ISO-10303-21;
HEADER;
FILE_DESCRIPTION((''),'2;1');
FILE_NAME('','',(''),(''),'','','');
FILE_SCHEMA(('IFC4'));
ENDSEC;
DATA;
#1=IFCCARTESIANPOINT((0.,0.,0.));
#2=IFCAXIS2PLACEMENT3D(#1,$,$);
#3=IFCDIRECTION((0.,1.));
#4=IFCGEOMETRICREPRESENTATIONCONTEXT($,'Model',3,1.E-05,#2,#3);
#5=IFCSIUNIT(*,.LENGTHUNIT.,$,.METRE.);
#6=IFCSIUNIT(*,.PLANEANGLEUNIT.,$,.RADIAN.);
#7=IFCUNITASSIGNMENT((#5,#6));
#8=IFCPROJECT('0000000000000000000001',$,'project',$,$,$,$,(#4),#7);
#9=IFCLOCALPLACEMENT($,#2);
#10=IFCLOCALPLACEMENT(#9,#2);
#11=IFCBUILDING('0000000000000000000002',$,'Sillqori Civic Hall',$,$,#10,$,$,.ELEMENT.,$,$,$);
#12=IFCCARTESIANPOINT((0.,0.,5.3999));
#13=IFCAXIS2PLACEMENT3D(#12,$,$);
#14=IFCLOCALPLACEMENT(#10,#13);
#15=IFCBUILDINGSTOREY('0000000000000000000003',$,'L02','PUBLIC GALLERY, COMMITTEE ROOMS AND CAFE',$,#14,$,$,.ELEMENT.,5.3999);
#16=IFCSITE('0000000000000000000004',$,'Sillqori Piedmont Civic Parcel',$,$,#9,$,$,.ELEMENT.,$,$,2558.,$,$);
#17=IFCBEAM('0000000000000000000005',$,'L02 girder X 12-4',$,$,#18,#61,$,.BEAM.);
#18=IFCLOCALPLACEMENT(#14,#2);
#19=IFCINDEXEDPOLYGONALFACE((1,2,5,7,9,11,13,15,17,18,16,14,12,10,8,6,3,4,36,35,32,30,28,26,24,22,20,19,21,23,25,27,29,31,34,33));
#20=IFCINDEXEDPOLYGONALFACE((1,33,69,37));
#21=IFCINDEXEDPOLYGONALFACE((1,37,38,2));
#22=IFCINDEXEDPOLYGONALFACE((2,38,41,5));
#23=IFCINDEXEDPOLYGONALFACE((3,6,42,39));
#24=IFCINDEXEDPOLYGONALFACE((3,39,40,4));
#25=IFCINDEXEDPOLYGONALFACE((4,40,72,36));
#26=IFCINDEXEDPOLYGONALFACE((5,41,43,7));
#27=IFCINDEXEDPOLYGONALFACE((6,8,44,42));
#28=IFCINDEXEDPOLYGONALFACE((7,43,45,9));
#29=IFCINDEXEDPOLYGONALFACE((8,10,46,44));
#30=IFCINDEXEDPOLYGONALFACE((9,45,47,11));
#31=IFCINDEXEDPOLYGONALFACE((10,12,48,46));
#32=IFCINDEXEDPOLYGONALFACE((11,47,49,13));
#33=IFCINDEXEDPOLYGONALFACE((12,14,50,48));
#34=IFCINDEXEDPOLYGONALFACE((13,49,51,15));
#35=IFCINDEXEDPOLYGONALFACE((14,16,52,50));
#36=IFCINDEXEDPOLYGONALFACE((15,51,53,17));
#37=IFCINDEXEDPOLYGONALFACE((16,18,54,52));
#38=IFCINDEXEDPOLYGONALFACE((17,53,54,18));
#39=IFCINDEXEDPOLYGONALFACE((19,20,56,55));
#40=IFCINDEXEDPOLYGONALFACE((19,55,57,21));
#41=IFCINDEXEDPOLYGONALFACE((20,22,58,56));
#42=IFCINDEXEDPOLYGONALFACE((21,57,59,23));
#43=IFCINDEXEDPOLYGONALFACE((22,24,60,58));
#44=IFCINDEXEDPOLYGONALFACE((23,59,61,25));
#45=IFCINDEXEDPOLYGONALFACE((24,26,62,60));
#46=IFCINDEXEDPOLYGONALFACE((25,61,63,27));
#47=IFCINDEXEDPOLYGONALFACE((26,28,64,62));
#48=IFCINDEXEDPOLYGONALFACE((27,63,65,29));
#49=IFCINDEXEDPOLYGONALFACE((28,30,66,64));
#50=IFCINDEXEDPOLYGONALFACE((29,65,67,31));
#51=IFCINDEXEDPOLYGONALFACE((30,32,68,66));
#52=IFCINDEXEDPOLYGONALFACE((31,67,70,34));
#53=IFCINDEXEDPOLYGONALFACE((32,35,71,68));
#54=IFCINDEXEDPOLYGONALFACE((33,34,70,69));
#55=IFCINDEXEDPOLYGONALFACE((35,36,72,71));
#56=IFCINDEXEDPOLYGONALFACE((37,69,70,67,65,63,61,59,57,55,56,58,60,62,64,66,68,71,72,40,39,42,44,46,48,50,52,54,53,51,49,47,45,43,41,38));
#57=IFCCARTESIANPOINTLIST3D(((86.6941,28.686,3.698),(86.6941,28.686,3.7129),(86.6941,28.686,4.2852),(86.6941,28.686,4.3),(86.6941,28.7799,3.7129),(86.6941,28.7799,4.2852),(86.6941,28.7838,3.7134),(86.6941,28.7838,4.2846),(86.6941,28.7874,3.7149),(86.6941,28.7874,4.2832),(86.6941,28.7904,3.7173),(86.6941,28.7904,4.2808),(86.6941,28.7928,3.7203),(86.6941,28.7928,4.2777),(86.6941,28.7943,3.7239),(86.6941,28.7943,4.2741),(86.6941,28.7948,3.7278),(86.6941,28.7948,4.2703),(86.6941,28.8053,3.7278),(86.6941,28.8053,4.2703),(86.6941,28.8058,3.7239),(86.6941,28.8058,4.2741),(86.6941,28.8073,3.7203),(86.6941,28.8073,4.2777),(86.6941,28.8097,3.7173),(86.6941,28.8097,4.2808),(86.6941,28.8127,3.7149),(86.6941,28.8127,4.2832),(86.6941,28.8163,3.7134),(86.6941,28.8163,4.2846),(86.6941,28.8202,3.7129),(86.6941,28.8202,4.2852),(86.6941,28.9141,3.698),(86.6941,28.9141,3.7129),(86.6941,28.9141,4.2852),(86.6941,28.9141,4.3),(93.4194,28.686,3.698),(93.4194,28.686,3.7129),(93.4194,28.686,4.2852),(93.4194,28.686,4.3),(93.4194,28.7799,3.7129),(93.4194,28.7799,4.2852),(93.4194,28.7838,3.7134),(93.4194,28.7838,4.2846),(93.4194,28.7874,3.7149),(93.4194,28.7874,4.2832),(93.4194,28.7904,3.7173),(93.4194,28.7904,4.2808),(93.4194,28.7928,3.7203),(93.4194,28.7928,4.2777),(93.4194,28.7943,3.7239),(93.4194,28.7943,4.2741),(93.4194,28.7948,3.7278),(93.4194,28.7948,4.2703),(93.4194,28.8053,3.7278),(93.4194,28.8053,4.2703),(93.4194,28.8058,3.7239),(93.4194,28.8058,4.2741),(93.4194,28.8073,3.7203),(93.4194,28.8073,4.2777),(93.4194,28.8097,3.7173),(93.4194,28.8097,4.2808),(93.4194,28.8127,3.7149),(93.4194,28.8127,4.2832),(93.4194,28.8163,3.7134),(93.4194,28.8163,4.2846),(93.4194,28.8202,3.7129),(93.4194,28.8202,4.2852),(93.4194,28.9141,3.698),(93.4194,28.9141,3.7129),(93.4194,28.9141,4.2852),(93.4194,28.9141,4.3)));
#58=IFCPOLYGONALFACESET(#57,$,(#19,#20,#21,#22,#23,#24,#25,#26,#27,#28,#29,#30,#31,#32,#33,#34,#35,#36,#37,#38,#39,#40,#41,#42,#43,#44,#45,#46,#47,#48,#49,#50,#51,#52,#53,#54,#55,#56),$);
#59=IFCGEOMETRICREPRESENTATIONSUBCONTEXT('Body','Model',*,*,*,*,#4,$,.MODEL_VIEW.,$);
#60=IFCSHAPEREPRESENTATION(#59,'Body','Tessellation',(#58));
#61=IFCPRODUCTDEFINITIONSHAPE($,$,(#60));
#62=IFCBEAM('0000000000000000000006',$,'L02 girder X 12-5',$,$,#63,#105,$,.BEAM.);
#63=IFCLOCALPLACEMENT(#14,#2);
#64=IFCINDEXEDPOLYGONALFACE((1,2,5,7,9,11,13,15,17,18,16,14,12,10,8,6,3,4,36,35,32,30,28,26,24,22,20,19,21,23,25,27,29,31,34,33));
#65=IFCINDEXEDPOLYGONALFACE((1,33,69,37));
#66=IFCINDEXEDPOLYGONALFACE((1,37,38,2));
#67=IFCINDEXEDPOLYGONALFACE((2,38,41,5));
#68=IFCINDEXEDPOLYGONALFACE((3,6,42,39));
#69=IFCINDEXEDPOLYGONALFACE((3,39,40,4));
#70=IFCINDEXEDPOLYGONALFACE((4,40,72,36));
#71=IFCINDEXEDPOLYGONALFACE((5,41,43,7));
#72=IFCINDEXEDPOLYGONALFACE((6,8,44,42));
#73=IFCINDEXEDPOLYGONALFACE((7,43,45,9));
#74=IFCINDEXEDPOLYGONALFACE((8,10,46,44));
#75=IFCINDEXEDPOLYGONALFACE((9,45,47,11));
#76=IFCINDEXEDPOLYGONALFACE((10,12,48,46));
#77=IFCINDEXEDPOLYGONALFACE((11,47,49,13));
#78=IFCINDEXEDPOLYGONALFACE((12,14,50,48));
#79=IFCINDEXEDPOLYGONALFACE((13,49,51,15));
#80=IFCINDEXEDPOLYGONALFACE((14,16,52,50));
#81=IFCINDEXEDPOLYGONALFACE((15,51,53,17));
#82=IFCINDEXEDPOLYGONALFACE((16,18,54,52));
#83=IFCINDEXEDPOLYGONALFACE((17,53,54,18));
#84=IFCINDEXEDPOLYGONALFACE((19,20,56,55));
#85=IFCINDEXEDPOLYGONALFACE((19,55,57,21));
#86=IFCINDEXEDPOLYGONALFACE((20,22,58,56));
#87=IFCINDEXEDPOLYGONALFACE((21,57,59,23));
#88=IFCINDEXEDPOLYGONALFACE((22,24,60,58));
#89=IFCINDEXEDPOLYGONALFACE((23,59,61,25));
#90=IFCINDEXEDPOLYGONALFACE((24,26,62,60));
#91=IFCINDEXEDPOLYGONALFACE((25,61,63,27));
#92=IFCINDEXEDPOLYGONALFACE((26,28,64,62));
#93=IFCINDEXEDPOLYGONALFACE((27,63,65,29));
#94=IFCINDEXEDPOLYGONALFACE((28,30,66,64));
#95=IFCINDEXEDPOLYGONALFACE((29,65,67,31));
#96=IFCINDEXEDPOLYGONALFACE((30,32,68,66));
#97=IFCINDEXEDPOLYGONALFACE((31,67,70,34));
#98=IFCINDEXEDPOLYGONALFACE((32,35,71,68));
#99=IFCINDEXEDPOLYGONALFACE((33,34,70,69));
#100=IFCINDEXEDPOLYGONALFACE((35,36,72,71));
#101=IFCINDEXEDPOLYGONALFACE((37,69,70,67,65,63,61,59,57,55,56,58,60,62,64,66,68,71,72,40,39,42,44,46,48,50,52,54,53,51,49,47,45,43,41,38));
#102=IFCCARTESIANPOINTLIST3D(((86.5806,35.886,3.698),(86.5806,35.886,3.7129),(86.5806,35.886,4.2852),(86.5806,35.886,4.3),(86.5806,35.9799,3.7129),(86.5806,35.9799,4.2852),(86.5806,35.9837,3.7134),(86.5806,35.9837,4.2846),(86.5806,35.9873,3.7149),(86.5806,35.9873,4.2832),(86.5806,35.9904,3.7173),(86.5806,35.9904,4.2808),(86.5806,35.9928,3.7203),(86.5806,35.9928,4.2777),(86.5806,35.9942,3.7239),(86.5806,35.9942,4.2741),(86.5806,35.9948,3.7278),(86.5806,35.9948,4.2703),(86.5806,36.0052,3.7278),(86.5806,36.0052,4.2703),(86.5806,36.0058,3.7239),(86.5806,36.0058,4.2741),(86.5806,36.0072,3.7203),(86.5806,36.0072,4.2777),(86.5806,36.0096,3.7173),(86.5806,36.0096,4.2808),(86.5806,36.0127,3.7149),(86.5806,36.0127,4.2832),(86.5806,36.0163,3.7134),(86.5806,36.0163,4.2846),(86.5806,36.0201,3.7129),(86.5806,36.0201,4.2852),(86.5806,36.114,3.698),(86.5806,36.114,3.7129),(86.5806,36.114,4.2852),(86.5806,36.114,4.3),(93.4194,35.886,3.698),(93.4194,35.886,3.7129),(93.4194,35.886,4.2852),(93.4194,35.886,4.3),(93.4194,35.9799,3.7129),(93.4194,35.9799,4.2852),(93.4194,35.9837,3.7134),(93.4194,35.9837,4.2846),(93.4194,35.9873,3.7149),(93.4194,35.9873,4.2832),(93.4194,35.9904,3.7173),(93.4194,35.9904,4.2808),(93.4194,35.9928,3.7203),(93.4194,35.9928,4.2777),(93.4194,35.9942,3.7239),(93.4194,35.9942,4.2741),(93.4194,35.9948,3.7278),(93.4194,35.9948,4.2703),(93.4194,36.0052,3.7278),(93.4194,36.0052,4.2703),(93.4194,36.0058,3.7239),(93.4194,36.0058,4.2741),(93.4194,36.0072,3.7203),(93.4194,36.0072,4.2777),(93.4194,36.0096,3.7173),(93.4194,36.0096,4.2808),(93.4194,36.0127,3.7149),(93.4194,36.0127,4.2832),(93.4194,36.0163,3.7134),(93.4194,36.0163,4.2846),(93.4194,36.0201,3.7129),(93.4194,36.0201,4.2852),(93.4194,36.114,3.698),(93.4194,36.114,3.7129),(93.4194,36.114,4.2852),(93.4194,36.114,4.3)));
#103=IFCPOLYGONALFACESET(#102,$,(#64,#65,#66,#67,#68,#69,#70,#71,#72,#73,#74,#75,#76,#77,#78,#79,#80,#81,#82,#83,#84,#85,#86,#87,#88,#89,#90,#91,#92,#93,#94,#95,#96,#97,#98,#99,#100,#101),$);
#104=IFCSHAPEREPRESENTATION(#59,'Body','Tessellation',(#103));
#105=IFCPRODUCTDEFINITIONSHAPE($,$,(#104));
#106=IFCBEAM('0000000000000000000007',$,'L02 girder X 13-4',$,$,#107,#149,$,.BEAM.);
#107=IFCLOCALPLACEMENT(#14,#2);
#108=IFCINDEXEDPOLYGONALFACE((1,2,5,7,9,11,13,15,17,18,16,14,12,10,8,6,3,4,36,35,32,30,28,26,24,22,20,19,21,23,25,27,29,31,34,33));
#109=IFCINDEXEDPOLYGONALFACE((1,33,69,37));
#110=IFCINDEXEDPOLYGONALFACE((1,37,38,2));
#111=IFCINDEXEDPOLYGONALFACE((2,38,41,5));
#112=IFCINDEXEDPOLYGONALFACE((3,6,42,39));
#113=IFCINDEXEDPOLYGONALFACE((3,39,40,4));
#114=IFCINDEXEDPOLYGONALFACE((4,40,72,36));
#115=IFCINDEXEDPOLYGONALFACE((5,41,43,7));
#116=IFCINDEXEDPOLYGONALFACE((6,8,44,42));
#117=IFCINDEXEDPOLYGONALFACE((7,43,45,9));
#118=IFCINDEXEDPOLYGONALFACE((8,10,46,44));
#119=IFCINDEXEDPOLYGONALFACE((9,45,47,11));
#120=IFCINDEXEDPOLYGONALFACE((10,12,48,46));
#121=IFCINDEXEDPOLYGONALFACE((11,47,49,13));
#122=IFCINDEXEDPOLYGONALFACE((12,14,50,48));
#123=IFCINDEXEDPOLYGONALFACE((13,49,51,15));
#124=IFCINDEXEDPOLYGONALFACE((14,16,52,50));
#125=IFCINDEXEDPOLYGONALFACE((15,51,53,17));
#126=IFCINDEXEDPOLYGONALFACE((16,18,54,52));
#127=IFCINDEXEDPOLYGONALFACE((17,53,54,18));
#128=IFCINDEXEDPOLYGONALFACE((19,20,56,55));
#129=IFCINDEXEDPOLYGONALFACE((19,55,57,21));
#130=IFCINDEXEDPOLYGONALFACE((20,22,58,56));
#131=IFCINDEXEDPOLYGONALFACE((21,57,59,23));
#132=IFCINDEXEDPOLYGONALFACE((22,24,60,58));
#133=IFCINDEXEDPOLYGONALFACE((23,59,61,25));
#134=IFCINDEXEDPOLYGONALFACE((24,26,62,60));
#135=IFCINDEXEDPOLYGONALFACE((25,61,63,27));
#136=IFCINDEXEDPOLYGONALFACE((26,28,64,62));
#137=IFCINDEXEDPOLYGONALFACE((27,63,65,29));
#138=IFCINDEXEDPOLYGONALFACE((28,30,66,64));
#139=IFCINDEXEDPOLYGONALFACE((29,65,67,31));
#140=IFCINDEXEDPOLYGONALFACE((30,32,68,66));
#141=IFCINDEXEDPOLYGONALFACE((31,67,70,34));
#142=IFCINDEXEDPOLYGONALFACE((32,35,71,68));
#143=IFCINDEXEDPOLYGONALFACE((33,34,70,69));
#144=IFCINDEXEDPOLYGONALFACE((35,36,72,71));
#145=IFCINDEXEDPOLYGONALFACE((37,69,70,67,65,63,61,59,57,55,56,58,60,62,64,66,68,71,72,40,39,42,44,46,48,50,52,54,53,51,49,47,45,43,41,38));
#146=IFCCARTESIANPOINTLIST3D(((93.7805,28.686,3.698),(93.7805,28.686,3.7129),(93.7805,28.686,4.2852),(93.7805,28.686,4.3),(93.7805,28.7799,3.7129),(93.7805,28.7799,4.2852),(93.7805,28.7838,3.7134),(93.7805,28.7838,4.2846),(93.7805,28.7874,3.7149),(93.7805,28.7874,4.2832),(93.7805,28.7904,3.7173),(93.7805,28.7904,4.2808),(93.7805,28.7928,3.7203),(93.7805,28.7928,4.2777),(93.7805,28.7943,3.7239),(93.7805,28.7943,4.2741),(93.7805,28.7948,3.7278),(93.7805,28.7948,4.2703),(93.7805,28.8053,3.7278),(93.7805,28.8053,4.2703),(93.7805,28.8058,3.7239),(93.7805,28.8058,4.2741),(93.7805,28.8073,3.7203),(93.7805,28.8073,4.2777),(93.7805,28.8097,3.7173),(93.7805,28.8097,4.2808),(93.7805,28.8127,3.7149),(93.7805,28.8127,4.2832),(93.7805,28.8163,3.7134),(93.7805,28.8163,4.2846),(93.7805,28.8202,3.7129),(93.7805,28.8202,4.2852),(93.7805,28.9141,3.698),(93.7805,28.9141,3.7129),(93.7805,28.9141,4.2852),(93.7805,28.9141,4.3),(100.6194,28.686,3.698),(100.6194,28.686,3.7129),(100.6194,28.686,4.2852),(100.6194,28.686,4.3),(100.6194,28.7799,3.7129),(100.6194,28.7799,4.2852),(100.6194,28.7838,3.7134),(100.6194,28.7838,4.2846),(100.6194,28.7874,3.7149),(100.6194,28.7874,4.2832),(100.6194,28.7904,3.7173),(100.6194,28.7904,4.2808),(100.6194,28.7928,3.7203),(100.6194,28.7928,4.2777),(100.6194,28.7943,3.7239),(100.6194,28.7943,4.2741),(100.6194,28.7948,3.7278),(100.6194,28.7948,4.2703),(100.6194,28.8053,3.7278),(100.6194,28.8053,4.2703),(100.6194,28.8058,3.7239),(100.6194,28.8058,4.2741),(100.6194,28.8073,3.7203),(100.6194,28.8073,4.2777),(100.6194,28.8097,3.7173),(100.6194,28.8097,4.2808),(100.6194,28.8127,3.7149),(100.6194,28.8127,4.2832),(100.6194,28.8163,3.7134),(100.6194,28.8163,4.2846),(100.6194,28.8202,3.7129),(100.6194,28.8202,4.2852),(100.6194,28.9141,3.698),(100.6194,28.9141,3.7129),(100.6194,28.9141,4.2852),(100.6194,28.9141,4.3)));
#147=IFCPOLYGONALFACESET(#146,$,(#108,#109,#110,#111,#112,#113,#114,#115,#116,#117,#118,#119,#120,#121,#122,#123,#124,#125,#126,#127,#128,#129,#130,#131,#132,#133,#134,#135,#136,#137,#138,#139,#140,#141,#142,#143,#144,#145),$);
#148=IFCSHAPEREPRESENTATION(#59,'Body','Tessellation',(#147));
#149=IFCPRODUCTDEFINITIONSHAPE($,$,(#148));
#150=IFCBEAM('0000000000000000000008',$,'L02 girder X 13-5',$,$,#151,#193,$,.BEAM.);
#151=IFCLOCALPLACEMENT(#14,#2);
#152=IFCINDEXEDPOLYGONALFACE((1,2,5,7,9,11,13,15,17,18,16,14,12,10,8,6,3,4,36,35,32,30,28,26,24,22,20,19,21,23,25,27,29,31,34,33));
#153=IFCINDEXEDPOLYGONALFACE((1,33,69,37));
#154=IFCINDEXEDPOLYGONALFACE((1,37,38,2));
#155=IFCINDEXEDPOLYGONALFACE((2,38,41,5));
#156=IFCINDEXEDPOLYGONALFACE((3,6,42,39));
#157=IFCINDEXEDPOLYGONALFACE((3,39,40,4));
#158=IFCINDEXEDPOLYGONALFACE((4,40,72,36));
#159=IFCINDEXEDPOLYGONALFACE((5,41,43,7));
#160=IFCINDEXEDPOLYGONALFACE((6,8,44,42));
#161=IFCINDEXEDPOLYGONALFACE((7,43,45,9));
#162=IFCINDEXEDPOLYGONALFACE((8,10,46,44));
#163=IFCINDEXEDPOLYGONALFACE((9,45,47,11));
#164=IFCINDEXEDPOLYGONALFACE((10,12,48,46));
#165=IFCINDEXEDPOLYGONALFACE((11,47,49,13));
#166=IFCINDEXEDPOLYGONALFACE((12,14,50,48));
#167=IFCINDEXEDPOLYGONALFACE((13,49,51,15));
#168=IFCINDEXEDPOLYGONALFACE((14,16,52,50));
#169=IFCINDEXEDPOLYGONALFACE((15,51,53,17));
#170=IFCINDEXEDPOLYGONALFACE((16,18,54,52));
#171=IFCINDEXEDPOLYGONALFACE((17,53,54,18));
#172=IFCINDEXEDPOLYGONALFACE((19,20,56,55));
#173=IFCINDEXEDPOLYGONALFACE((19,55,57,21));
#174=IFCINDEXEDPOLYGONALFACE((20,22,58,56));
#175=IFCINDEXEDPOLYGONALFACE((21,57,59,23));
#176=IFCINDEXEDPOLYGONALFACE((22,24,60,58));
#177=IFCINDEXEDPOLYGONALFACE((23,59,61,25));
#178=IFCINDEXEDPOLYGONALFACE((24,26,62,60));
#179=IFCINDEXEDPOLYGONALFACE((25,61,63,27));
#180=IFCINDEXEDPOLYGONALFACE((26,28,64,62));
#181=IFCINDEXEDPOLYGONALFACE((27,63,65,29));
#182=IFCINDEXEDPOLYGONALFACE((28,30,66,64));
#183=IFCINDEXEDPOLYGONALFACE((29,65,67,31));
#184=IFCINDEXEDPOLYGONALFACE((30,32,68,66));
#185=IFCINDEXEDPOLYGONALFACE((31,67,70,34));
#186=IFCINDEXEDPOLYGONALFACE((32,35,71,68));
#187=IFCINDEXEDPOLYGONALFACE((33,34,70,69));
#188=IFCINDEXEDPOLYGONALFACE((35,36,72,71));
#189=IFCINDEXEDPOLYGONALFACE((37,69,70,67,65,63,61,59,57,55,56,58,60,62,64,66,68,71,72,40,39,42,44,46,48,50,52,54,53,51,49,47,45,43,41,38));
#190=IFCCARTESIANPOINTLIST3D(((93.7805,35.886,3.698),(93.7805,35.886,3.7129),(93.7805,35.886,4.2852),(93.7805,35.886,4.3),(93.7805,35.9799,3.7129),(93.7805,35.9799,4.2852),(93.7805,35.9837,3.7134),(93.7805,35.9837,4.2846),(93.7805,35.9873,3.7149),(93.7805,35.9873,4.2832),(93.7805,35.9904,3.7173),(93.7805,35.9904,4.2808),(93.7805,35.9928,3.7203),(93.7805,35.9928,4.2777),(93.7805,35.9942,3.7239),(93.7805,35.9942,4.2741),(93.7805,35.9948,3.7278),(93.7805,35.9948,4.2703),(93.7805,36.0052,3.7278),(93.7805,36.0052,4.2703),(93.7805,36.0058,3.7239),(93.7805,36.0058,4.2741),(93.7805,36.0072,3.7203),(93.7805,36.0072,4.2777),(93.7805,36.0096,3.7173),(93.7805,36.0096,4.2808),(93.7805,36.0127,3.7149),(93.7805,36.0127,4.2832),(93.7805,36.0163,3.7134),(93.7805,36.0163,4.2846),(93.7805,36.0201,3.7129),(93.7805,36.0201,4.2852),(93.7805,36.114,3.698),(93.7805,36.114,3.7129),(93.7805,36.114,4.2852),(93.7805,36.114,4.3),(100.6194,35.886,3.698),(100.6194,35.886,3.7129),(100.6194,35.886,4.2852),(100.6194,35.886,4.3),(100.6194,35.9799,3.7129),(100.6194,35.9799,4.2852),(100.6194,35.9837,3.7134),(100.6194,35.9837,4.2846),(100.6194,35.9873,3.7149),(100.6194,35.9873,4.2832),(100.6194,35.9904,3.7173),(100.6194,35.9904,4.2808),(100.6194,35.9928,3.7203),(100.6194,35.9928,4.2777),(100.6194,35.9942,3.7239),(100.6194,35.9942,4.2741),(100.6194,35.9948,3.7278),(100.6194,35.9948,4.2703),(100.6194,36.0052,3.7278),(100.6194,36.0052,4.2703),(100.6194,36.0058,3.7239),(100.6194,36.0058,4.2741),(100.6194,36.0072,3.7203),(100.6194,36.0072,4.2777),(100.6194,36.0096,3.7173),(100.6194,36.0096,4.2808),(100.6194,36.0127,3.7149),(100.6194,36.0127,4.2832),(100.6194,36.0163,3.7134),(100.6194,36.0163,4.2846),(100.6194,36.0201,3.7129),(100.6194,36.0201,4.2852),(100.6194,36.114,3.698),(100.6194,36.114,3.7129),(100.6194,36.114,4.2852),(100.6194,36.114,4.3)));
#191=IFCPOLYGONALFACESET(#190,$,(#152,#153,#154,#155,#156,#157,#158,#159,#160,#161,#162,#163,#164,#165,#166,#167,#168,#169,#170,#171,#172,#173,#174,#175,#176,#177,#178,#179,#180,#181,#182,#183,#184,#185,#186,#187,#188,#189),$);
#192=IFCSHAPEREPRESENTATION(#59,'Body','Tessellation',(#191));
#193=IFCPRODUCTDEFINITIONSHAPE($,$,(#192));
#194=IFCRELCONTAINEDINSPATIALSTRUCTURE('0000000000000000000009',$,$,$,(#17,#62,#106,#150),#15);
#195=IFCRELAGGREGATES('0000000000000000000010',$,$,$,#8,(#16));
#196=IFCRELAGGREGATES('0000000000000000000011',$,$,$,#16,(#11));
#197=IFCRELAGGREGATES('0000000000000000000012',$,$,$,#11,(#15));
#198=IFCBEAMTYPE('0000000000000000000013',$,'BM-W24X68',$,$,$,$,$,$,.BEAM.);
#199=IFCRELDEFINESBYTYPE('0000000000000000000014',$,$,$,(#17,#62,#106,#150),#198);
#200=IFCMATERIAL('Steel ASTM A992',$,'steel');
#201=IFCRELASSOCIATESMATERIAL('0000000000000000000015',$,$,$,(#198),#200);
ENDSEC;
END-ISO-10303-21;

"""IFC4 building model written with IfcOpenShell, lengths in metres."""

from ifc_helpers import new_model, si_unit, direction, frame, origin, origin_2d, place, context, subcontext, project, spatial, i_section, extrude, material, material_profile, profile_set, type_object, element, save


model = new_model("IFC4")

# Units and contexts
model_context = context("Model", 3, precision=1e-05, world=origin(), true_north=direction((0.0, 1.0)))
body_context = subcontext(model_context, "Body", "Model", "MODEL_VIEW")
ifc_project = project(units=[si_unit("LENGTHUNIT", "METRE"), si_unit("PLANEANGLEUNIT", "RADIAN")], contexts=[model_context])

# Site, building, storey
site_placement = place(None, origin())
site = spatial("IfcSite", under=ifc_project, at=site_placement, Name="Sillqori Piedmont Civic Parcel", CompositionType="ELEMENT", RefElevation=2558.0)
building_placement = place(site_placement, origin())
building = spatial("IfcBuilding", under=site, at=building_placement, Name="Sillqori Civic Hall", CompositionType="ELEMENT")
storey_placement = place(building_placement, frame((0.0, 0.0, 5.3999)))
storey = spatial("IfcBuildingStorey", under=building, at=storey_placement, Name="L02", Description="PUBLIC GALLERY, COMMITTEE ROOMS AND CAFE", CompositionType="ELEMENT", Elevation=5.3999)

# Shared definitions
ifc_material_1 = material(Name="Steel ASTM A992", Category="steel")

# Beams
ifc_material_profile_1 = material_profile(ifc_material_1, i_section(OverallWidth=0.228, OverallDepth=0.6021, WebThickness=0.0105, FlangeThickness=0.0149, FilletRadius=0.0149, at=origin_2d()), Name="W24X68")
ifc_profile_set_1 = profile_set([ifc_material_profile_1], Name="Steel ASTM A992")
beam_type_1 = type_object("IfcBeamType", Name="BM-W24X68", PredefinedType="BEAM", material=ifc_profile_set_1)
beam_placement = place(storey_placement, frame((86.6941, 28.8, 3.999), z_axis=(1.0, 0.0, 0.0), x_axis=(0.0, 1.0, 0.0)))
element("IfcBeam", 1, at=beam_placement, inside=storey, type_object=beam_type_1, Name="L02 girder X 12-4", PredefinedType="BEAM", context=body_context, shape_type="SweptSolid", body=[
    extrude(i_section(OverallWidth=0.228, OverallDepth=0.6021, WebThickness=0.0105, FlangeThickness=0.0149, FilletRadius=0.0149, at=origin_2d()), origin(), (0.0, 0.0, 1.0), 6.7253),
])
for number, where, z_axis, x_axis, name in (
    (2, (86.5806, 36.0, 3.999), (1.0, 0.0, 0.0), (0.0, 1.0, 0.0), "L02 girder X 12-5"),
    (3, (93.7805, 28.8, 3.999), (1.0, 0.0, 0.0), (0.0, 1.0, 0.0), "L02 girder X 13-4"),
    (4, (93.7805, 36.0, 3.999), (1.0, 0.0, 0.0), (0.0, 1.0, 0.0), "L02 girder X 13-5"),
):
    element("IfcBeam", number, at=place(storey_placement, frame(where, z_axis=z_axis, x_axis=x_axis)), inside=storey, type_object=beam_type_1, Name=name, PredefinedType="BEAM", context=body_context, shape_type="SweptSolid", body=[
        extrude(i_section(OverallWidth=0.228, OverallDepth=0.6021, WebThickness=0.0105, FlangeThickness=0.0149, FilletRadius=0.0149, at=origin_2d()), origin(), (0.0, 0.0, 1.0), 6.8389),
    ])

save(model, "model.ifc")
